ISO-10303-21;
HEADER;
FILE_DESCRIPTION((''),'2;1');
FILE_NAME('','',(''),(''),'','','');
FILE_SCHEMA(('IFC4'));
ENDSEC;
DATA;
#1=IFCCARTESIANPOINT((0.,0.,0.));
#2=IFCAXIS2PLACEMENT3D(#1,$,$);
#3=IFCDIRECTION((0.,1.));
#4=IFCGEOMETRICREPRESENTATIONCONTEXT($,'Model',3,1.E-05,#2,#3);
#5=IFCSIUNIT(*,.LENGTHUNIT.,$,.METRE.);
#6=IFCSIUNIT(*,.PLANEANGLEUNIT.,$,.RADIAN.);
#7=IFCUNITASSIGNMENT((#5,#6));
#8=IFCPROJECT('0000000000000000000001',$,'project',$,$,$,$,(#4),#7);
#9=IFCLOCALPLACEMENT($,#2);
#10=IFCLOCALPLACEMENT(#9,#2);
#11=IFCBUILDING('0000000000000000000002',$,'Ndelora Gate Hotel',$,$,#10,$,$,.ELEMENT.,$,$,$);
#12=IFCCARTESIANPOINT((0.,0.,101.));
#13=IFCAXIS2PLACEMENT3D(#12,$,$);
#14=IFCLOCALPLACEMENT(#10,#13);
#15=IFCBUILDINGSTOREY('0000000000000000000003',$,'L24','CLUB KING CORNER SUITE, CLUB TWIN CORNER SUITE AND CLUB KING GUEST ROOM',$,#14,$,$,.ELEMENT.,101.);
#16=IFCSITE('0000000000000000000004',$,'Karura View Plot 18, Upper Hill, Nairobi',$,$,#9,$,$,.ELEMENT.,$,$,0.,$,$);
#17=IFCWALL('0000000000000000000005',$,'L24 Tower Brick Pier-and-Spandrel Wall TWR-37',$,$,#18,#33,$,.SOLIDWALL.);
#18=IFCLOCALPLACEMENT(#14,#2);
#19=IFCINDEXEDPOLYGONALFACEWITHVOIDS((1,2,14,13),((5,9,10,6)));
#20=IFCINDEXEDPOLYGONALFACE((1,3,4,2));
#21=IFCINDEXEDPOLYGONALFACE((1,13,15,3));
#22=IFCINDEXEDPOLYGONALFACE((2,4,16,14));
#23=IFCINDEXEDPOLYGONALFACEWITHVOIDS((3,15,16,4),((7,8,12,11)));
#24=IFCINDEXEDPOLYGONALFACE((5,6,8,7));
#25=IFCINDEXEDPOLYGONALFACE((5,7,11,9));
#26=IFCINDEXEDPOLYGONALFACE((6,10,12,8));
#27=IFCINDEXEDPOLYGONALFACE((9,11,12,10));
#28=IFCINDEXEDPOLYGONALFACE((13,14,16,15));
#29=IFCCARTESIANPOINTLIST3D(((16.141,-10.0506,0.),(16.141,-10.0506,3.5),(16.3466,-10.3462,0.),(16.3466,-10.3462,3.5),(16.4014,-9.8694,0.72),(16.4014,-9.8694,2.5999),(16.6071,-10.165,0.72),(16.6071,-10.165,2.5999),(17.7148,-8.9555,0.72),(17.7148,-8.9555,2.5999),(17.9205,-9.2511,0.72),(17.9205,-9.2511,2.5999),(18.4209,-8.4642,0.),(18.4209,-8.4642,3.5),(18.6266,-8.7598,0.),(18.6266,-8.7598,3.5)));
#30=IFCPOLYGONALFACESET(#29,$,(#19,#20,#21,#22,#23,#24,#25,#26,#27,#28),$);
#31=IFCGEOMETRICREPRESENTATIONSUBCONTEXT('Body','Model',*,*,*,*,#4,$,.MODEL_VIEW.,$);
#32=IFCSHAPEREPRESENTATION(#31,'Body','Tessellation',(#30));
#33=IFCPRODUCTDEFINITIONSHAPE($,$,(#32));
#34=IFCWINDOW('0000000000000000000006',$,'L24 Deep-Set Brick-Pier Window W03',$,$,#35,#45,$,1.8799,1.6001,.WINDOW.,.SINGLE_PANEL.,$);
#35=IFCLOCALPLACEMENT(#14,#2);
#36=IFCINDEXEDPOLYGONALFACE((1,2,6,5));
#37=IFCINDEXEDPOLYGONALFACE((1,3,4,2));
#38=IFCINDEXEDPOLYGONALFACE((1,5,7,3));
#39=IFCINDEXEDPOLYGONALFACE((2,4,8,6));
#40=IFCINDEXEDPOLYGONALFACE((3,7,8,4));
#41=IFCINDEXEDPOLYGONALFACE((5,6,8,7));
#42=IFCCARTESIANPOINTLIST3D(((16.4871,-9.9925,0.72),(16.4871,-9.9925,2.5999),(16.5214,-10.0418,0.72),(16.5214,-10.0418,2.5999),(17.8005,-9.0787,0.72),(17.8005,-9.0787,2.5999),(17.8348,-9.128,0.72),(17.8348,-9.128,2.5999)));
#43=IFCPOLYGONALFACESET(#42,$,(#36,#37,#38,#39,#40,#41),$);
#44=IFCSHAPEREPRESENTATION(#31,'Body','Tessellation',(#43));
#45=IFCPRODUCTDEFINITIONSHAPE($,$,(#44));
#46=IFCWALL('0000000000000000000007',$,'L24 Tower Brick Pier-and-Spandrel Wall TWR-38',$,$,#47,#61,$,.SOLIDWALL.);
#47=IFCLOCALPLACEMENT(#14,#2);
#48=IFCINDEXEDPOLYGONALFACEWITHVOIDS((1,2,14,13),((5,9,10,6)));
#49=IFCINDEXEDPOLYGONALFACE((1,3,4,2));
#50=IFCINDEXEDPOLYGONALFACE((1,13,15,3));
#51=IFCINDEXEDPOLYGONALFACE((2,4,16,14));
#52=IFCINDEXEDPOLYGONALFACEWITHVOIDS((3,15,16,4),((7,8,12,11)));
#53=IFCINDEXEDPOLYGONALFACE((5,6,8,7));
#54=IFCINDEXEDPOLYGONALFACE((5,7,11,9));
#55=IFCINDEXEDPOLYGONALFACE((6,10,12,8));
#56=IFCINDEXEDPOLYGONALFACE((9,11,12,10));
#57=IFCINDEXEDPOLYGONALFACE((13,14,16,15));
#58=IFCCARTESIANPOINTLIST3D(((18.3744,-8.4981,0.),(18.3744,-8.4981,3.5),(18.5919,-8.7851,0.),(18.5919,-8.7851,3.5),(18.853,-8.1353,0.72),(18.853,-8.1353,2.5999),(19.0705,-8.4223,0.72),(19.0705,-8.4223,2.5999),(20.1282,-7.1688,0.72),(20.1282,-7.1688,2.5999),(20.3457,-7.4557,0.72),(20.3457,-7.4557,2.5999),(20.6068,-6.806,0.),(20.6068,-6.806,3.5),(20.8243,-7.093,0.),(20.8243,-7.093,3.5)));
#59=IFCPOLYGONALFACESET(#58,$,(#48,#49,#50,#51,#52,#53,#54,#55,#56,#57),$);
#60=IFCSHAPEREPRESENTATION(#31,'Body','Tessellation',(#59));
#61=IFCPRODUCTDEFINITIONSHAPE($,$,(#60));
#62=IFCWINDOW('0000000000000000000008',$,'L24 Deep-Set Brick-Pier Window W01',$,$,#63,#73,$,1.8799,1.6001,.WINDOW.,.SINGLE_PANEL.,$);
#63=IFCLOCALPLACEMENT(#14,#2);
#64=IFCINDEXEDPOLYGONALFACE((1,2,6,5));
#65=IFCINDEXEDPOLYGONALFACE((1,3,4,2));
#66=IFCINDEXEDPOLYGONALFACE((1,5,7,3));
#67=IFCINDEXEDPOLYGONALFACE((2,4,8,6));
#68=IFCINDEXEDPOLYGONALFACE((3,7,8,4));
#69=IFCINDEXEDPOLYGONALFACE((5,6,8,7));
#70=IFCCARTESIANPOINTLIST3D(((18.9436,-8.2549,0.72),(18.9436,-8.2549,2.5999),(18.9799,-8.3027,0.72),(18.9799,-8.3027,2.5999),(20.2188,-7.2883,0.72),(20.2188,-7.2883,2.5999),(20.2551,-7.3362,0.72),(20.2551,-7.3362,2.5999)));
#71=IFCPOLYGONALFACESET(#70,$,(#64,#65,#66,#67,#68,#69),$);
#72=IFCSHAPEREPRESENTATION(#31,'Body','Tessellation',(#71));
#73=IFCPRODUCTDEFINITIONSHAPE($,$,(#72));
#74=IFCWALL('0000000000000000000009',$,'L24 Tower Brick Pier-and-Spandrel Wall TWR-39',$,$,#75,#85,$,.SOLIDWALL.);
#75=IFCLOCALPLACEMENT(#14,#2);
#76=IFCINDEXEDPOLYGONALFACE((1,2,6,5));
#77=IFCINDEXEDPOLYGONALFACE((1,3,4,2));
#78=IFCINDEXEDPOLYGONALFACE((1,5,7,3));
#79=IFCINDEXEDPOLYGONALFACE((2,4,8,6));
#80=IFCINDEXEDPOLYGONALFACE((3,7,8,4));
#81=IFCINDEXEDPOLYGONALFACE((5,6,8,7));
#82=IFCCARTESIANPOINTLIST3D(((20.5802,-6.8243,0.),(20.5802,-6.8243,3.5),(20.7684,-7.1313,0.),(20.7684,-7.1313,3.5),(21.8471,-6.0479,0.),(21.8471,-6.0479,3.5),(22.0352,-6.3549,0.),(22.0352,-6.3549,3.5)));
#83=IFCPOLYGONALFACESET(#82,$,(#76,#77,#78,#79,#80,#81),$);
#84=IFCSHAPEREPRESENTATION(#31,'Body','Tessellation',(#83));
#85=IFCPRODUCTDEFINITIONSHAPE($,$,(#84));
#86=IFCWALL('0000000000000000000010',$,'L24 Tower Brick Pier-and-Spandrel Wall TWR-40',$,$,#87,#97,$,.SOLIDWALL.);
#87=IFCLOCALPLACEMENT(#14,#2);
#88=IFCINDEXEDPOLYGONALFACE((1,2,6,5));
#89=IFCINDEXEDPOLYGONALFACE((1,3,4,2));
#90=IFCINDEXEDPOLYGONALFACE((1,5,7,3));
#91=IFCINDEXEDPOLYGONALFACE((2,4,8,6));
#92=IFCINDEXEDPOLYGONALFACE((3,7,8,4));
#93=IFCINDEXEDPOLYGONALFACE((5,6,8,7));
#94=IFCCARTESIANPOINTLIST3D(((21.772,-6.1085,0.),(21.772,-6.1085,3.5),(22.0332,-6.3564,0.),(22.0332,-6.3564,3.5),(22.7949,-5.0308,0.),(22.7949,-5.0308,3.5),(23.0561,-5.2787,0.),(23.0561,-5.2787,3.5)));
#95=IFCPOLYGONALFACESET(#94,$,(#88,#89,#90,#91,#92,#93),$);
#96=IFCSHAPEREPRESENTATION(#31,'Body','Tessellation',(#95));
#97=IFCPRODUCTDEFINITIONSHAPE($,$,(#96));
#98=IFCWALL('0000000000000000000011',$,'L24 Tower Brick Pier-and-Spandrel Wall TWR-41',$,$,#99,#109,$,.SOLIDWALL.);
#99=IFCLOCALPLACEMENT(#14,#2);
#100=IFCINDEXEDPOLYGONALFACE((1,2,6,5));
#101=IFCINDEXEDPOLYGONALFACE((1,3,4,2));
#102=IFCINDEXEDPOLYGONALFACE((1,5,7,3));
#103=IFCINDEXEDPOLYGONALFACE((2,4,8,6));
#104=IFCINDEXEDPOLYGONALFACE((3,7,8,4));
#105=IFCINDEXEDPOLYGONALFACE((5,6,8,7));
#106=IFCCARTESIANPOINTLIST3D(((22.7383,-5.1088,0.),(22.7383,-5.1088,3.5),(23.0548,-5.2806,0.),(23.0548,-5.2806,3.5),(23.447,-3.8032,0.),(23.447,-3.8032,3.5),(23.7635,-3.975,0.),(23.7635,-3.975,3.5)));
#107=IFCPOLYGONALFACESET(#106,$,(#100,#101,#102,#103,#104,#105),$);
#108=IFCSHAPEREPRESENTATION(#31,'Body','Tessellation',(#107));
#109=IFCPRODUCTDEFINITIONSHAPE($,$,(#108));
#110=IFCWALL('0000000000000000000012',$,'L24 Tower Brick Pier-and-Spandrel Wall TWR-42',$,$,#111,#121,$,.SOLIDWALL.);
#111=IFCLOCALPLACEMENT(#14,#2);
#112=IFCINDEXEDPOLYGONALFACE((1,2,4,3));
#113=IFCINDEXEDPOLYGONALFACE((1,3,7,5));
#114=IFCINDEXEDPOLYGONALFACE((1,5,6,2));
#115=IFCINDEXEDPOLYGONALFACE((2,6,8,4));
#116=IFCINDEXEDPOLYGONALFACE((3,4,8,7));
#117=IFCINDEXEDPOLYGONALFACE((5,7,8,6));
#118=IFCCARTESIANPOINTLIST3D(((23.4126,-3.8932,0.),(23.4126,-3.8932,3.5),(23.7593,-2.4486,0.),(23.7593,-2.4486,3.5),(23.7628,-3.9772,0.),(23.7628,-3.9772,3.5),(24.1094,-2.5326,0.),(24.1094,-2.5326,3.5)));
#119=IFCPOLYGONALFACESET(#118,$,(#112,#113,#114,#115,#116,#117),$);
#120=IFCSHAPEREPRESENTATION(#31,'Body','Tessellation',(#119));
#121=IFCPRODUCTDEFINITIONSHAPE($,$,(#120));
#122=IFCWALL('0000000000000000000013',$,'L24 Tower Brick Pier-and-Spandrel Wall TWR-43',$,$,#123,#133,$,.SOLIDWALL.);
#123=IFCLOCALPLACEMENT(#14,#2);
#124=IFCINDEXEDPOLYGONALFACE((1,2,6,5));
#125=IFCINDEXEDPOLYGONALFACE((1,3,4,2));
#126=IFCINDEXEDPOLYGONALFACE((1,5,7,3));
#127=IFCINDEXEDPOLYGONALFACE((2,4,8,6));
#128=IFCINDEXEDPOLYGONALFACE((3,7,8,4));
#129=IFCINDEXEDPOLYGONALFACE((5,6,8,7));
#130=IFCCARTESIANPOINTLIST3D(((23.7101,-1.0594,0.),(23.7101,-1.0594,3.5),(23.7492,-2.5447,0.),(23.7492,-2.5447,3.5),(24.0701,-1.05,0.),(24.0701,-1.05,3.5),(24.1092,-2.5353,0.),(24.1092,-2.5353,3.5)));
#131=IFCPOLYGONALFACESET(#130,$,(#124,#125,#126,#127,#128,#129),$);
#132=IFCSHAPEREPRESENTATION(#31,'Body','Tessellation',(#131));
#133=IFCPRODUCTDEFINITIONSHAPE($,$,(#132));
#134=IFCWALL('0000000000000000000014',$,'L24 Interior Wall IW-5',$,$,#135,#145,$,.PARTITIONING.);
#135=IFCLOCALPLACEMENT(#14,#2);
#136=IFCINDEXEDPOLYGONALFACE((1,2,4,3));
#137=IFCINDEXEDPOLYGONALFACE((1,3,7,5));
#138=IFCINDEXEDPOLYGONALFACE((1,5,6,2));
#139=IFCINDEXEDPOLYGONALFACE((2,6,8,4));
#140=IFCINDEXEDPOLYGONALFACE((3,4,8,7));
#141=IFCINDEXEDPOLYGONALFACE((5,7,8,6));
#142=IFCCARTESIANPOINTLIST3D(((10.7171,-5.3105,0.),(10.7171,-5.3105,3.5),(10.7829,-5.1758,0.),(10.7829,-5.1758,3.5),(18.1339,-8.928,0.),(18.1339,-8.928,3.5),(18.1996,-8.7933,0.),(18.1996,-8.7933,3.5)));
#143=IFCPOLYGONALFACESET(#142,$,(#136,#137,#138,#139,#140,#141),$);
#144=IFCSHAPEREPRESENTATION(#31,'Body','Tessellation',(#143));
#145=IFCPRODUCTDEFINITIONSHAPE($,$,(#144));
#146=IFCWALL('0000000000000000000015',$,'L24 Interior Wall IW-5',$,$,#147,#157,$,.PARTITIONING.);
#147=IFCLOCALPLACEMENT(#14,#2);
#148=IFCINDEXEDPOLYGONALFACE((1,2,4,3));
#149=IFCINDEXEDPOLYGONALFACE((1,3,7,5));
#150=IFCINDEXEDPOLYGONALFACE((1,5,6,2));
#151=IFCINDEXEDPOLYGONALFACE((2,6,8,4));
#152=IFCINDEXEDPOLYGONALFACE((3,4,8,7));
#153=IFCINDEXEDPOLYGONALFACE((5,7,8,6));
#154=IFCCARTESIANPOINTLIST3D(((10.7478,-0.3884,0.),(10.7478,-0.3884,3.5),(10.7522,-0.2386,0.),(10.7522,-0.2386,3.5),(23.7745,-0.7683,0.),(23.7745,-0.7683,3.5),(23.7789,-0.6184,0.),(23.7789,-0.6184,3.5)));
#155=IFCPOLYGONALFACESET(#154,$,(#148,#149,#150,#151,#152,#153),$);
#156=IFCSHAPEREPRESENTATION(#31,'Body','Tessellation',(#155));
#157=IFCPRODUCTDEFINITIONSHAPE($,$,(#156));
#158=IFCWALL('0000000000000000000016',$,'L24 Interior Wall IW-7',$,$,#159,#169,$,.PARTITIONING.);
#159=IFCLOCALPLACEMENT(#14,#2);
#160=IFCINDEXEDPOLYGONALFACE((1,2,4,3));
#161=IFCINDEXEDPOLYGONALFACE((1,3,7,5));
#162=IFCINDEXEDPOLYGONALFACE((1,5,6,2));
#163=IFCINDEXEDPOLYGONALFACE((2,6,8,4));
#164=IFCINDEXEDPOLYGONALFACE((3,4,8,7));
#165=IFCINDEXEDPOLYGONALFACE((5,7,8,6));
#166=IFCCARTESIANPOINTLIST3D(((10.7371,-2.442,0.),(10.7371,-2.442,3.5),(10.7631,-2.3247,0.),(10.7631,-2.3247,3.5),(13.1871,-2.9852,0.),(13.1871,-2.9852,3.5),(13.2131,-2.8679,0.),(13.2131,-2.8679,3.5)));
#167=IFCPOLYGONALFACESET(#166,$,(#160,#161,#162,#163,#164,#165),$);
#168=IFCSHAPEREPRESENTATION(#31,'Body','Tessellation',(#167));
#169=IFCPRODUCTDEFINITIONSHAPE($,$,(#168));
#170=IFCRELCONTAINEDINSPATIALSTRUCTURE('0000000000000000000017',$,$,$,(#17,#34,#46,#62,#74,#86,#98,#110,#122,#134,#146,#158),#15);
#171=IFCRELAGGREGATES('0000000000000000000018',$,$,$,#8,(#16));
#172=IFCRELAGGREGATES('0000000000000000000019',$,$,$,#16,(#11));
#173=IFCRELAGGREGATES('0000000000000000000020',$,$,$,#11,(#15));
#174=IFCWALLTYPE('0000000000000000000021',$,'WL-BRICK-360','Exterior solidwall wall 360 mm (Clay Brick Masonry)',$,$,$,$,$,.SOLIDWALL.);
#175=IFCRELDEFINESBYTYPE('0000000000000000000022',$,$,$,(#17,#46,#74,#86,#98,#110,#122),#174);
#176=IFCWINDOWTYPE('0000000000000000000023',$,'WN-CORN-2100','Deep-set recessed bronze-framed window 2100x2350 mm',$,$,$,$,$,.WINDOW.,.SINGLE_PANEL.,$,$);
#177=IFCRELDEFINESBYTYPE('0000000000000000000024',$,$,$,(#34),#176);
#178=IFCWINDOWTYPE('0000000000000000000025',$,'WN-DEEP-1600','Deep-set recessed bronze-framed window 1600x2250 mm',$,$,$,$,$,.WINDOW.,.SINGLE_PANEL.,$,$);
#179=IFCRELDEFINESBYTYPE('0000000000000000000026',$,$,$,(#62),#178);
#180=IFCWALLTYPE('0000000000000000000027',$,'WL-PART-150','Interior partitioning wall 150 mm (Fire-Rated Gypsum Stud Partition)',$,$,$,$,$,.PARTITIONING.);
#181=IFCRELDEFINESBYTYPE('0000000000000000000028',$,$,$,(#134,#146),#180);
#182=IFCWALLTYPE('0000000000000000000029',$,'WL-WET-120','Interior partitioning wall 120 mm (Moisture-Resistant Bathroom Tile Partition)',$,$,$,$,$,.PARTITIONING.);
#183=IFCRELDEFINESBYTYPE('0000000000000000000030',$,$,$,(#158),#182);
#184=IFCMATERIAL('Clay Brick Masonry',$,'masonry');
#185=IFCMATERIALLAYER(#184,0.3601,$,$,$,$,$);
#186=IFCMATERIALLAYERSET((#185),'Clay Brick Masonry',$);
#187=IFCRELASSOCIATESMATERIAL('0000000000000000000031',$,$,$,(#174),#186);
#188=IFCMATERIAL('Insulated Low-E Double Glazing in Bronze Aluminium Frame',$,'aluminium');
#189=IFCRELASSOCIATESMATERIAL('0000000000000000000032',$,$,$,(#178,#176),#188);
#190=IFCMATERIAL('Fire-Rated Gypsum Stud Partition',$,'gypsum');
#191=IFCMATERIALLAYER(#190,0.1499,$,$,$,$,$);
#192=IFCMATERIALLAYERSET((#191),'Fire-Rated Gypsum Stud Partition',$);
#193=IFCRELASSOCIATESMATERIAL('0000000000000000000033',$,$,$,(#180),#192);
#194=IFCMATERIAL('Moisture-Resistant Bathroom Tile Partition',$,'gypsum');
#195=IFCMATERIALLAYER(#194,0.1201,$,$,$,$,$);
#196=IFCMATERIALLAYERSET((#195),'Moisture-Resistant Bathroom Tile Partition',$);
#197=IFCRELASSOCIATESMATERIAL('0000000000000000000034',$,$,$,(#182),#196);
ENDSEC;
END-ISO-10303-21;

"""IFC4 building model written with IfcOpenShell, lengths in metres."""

from ifc_helpers import new_model, si_unit, direction, frame, frame_2d, origin, place, context, subcontext, project, spatial, rectangle, extrude, material, layer, layer_set, type_object, element, fill, save


model = new_model("IFC4")

# Units and contexts
model_context = context("Model", 3, precision=1e-05, world=origin(), true_north=direction((0.0, 1.0)))
body_context = subcontext(model_context, "Body", "Model", "MODEL_VIEW")
ifc_project = project(units=[si_unit("LENGTHUNIT", "METRE"), si_unit("PLANEANGLEUNIT", "RADIAN")], contexts=[model_context])

# Site, building, storey
site_placement = place(None, origin())
site = spatial("IfcSite", under=ifc_project, at=site_placement, Name="Karura View Plot 18, Upper Hill, Nairobi", CompositionType="ELEMENT", RefElevation=0.0)
building_placement = place(site_placement, origin())
building = spatial("IfcBuilding", under=site, at=building_placement, Name="Ndelora Gate Hotel", CompositionType="ELEMENT")
storey_placement = place(building_placement, frame((0.0, 0.0, 101.0)))
storey = spatial("IfcBuildingStorey", under=building, at=storey_placement, Name="L24", Description="CLUB KING CORNER SUITE, CLUB TWIN CORNER SUITE AND CLUB KING GUEST ROOM", CompositionType="ELEMENT", Elevation=101.0)

# Walls, openings, windows
ifc_material_1 = material(Name="Clay Brick Masonry", Category="masonry")
ifc_layer_1 = layer(ifc_material_1, 0.3601)
ifc_layer_set_1 = layer_set([ifc_layer_1], Name="Clay Brick Masonry")
wall_type_1 = type_object("IfcWallType", Name="WL-BRICK-360", Description="Exterior solidwall wall 360 mm (Clay Brick Masonry)", PredefinedType="SOLIDWALL", material=ifc_layer_set_1)
ifc_material_2 = material(Name="Insulated Low-E Double Glazing in Bronze Aluminium Frame", Category="aluminium")
window_type_1 = type_object("IfcWindowType", Name="WN-DEEP-1600", Description="Deep-set recessed bronze-framed window 1600x2250 mm", PartitioningType="SINGLE_PANEL", PredefinedType="WINDOW", material=ifc_material_2)
wall_1_placement = place(storey_placement, frame((18.5237, -8.6121, 0.0), z_axis=(0.0, 0.0, 1.0), x_axis=(-0.820851, -0.571142, 0.0)))
wall_1 = element("IfcWall", 1, at=wall_1_placement, inside=storey, type_object=wall_type_1, Name="L24 Tower Brick Pier-and-Spandrel Wall TWR-37", PredefinedType="SOLIDWALL", context=body_context, shape_type="SweptSolid", body=[
    extrude(rectangle(XDim=2.7776, YDim=0.3601, at=frame_2d((1.3887, 0.0))), origin(), (0.0, 0.0, 1.0), 3.5),
])
opening_1_placement = place(wall_1_placement, frame((0.8601, 0.0, 0.72)))
opening_1 = element("IfcOpeningElement", 2, at=opening_1_placement, cuts=wall_1, PredefinedType="OPENING", context=body_context, shape_type="SweptSolid", body=[
    extrude(rectangle(XDim=1.6001, YDim=1.8799, at=frame_2d((0.8, 0.9399))), frame((0.0, 0.1899, 0.0), z_axis=(0.0, -1.0, 0.0), x_axis=(1.0, 0.0, 0.0)), (0.0, 0.0, 1.0), 0.3801),
])
window_type_2 = type_object("IfcWindowType", Name="WN-CORN-2100", Description="Deep-set recessed bronze-framed window 2100x2350 mm", PartitioningType="SINGLE_PANEL", PredefinedType="WINDOW", material=ifc_material_2)
window_1_placement = place(opening_1_placement, origin())
window_1 = element("IfcWindow", 3, at=window_1_placement, inside=storey, type_object=window_type_2, Name="L24 Deep-Set Brick-Pier Window W03", OverallHeight=1.8799, OverallWidth=1.6001, PartitioningType="SINGLE_PANEL", PredefinedType="WINDOW", context=body_context, shape_type="SweptSolid", body=[
    extrude(rectangle(XDim=1.6001, YDim=1.8799, at=frame_2d((0.8, 0.9399))), frame((0.0, 0.03, 0.0), z_axis=(0.0, -1.0, 0.0), x_axis=(1.0, 0.0, 0.0)), (0.0, 0.0, 1.0), 0.0601),
])
fill(opening_1, window_1)
wall_2_placement = place(storey_placement, frame((20.7156, -6.9495, 0.0), z_axis=(0.0, 0.0, 1.0), x_axis=(-0.796936, -0.604064, 0.0)))
wall_2 = element("IfcWall", 4, at=wall_2_placement, inside=storey, type_object=wall_type_1, Name="L24 Tower Brick Pier-and-Spandrel Wall TWR-38", PredefinedType="SOLIDWALL", context=body_context, shape_type="SweptSolid", body=[
    extrude(rectangle(XDim=2.8013, YDim=0.3601, at=frame_2d((1.4006, 0.0))), origin(), (0.0, 0.0, 1.0), 3.5),
])
opening_2_placement = place(wall_2_placement, frame((0.6006, 0.0, 0.72)))
opening_2 = element("IfcOpeningElement", 5, at=opening_2_placement, cuts=wall_2, PredefinedType="OPENING", context=body_context, shape_type="SweptSolid", body=[
    extrude(rectangle(XDim=1.6001, YDim=1.8799, at=frame_2d((0.8, 0.9399))), frame((0.0, 0.1899, 0.0), z_axis=(0.0, -1.0, 0.0), x_axis=(1.0, 0.0, 0.0)), (0.0, 0.0, 1.0), 0.3801),
])
window_2_placement = place(opening_2_placement, origin())
window_2 = element("IfcWindow", 6, at=window_2_placement, inside=storey, type_object=window_type_1, Name="L24 Deep-Set Brick-Pier Window W01", OverallHeight=1.8799, OverallWidth=1.6001, PartitioningType="SINGLE_PANEL", PredefinedType="WINDOW", context=body_context, shape_type="SweptSolid", body=[
    extrude(rectangle(XDim=1.6001, YDim=1.8799, at=frame_2d((0.8, 0.9399))), frame((0.0, 0.03, 0.0), z_axis=(0.0, -1.0, 0.0), x_axis=(1.0, 0.0, 0.0)), (0.0, 0.0, 1.0), 0.0601),
])
fill(opening_2, window_2)

# Walls
for number, where, z_axis, x_axis, name in (
    (7, (21.9412, -6.2014, 0.0), (0.0, 0.0, 1.0), (-0.852627, -0.52252, 0.0), "L24 Tower Brick Pier-and-Spandrel Wall TWR-39"),
    (8, (22.9255, -5.1548, 0.0), (0.0, 0.0, 1.0), (-0.688464, -0.72527, 0.0), "L24 Tower Brick Pier-and-Spandrel Wall TWR-40"),
):
    element("IfcWall", number, at=place(storey_placement, frame(where, z_axis=z_axis, x_axis=x_axis)), inside=storey, type_object=wall_type_1, Name=name, PredefinedType="SOLIDWALL", context=body_context, shape_type="SweptSolid", body=[
        extrude(rectangle(XDim=1.4858, YDim=0.3601, at=frame_2d((0.7429, 0.0))), origin(), (0.0, 0.0, 1.0), 3.5),
    ])
for number, where, z_axis, x_axis, name in (
    (9, (23.6052, -3.8892, 0.0), (0.0, 0.0, 1.0), (-0.477066, -0.878867, 0.0), "L24 Tower Brick Pier-and-Spandrel Wall TWR-41"),
    (10, (23.9343, -2.4907, 0.0), (0.0, 0.0, 1.0), (-0.233361, -0.97239, 0.0), "L24 Tower Brick Pier-and-Spandrel Wall TWR-42"),
):
    element("IfcWall", number, at=place(storey_placement, frame(where, z_axis=z_axis, x_axis=x_axis)), inside=storey, type_object=wall_type_1, Name=name, PredefinedType="SOLIDWALL", context=body_context, shape_type="SweptSolid", body=[
        extrude(rectangle(XDim=1.4856, YDim=0.3601, at=frame_2d((0.7427, 0.0))), origin(), (0.0, 0.0, 1.0), 3.5),
    ])
wall_3_placement = place(storey_placement, frame((23.8901, -1.0547, 0.0), z_axis=(0.0, 0.0, 1.0), x_axis=(0.026289, -0.999654, 0.0)))
element("IfcWall", 11, at=wall_3_placement, inside=storey, type_object=wall_type_1, Name="L24 Tower Brick Pier-and-Spandrel Wall TWR-43", PredefinedType="SOLIDWALL", context=body_context, shape_type="SweptSolid", body=[
    extrude(rectangle(XDim=1.4858, YDim=0.3601, at=frame_2d((0.7429, 0.0))), origin(), (0.0, 0.0, 1.0), 3.5),
])
ifc_material_3 = material(Name="Fire-Rated Gypsum Stud Partition", Category="gypsum")
ifc_layer_2 = layer(ifc_material_3, 0.1499)
ifc_layer_set_2 = layer_set([ifc_layer_2], Name="Fire-Rated Gypsum Stud Partition")
wall_type_2 = type_object("IfcWallType", Name="WL-PART-150", Description="Interior partitioning wall 150 mm (Fire-Rated Gypsum Stud Partition)", PredefinedType="PARTITIONING", material=ifc_layer_set_2)
wall_4_placement = place(storey_placement, frame((10.75, -5.2432, 0.0), z_axis=(0.0, 0.0, 1.0), x_axis=(0.898792, -0.438375, 0.0)))
element("IfcWall", 12, at=wall_4_placement, inside=storey, type_object=wall_type_2, Name="L24 Interior Wall IW-5", PredefinedType="PARTITIONING", context=body_context, shape_type="SweptSolid", body=[
    extrude(rectangle(XDim=8.252, YDim=0.1499, at=frame_2d((4.126, 0.0))), origin(), (0.0, 0.0, 1.0), 3.5),
])
wall_5_placement = place(storey_placement, frame((10.75, -0.3135, 0.0), z_axis=(0.0, 0.0, 1.0), x_axis=(0.999575, -0.02915, 0.0)))
element("IfcWall", 13, at=wall_5_placement, inside=storey, type_object=wall_type_2, Name="L24 Interior Wall IW-5", PredefinedType="PARTITIONING", context=body_context, shape_type="SweptSolid", body=[
    extrude(rectangle(XDim=13.0322, YDim=0.1499, at=frame_2d((6.5161, 0.0))), origin(), (0.0, 0.0, 1.0), 3.5),
])
ifc_material_4 = material(Name="Moisture-Resistant Bathroom Tile Partition", Category="gypsum")
ifc_layer_3 = layer(ifc_material_4, 0.1201)
ifc_layer_set_3 = layer_set([ifc_layer_3], Name="Moisture-Resistant Bathroom Tile Partition")
wall_type_3 = type_object("IfcWallType", Name="WL-WET-120", Description="Interior partitioning wall 120 mm (Moisture-Resistant Bathroom Tile Partition)", PredefinedType="PARTITIONING", material=ifc_layer_set_3)
wall_6_placement = place(storey_placement, frame((10.75, -2.3833, 0.0), z_axis=(0.0, 0.0, 1.0), x_axis=(0.97629, -0.216467, 0.0)))
element("IfcWall", 14, at=wall_6_placement, inside=storey, type_object=wall_type_3, Name="L24 Interior Wall IW-7", PredefinedType="PARTITIONING", context=body_context, shape_type="SweptSolid", body=[
    extrude(rectangle(XDim=2.5095, YDim=0.1201, at=frame_2d((1.2549, 0.0))), origin(), (0.0, 0.0, 1.0), 3.5),
])

save(model, "model.ifc")
